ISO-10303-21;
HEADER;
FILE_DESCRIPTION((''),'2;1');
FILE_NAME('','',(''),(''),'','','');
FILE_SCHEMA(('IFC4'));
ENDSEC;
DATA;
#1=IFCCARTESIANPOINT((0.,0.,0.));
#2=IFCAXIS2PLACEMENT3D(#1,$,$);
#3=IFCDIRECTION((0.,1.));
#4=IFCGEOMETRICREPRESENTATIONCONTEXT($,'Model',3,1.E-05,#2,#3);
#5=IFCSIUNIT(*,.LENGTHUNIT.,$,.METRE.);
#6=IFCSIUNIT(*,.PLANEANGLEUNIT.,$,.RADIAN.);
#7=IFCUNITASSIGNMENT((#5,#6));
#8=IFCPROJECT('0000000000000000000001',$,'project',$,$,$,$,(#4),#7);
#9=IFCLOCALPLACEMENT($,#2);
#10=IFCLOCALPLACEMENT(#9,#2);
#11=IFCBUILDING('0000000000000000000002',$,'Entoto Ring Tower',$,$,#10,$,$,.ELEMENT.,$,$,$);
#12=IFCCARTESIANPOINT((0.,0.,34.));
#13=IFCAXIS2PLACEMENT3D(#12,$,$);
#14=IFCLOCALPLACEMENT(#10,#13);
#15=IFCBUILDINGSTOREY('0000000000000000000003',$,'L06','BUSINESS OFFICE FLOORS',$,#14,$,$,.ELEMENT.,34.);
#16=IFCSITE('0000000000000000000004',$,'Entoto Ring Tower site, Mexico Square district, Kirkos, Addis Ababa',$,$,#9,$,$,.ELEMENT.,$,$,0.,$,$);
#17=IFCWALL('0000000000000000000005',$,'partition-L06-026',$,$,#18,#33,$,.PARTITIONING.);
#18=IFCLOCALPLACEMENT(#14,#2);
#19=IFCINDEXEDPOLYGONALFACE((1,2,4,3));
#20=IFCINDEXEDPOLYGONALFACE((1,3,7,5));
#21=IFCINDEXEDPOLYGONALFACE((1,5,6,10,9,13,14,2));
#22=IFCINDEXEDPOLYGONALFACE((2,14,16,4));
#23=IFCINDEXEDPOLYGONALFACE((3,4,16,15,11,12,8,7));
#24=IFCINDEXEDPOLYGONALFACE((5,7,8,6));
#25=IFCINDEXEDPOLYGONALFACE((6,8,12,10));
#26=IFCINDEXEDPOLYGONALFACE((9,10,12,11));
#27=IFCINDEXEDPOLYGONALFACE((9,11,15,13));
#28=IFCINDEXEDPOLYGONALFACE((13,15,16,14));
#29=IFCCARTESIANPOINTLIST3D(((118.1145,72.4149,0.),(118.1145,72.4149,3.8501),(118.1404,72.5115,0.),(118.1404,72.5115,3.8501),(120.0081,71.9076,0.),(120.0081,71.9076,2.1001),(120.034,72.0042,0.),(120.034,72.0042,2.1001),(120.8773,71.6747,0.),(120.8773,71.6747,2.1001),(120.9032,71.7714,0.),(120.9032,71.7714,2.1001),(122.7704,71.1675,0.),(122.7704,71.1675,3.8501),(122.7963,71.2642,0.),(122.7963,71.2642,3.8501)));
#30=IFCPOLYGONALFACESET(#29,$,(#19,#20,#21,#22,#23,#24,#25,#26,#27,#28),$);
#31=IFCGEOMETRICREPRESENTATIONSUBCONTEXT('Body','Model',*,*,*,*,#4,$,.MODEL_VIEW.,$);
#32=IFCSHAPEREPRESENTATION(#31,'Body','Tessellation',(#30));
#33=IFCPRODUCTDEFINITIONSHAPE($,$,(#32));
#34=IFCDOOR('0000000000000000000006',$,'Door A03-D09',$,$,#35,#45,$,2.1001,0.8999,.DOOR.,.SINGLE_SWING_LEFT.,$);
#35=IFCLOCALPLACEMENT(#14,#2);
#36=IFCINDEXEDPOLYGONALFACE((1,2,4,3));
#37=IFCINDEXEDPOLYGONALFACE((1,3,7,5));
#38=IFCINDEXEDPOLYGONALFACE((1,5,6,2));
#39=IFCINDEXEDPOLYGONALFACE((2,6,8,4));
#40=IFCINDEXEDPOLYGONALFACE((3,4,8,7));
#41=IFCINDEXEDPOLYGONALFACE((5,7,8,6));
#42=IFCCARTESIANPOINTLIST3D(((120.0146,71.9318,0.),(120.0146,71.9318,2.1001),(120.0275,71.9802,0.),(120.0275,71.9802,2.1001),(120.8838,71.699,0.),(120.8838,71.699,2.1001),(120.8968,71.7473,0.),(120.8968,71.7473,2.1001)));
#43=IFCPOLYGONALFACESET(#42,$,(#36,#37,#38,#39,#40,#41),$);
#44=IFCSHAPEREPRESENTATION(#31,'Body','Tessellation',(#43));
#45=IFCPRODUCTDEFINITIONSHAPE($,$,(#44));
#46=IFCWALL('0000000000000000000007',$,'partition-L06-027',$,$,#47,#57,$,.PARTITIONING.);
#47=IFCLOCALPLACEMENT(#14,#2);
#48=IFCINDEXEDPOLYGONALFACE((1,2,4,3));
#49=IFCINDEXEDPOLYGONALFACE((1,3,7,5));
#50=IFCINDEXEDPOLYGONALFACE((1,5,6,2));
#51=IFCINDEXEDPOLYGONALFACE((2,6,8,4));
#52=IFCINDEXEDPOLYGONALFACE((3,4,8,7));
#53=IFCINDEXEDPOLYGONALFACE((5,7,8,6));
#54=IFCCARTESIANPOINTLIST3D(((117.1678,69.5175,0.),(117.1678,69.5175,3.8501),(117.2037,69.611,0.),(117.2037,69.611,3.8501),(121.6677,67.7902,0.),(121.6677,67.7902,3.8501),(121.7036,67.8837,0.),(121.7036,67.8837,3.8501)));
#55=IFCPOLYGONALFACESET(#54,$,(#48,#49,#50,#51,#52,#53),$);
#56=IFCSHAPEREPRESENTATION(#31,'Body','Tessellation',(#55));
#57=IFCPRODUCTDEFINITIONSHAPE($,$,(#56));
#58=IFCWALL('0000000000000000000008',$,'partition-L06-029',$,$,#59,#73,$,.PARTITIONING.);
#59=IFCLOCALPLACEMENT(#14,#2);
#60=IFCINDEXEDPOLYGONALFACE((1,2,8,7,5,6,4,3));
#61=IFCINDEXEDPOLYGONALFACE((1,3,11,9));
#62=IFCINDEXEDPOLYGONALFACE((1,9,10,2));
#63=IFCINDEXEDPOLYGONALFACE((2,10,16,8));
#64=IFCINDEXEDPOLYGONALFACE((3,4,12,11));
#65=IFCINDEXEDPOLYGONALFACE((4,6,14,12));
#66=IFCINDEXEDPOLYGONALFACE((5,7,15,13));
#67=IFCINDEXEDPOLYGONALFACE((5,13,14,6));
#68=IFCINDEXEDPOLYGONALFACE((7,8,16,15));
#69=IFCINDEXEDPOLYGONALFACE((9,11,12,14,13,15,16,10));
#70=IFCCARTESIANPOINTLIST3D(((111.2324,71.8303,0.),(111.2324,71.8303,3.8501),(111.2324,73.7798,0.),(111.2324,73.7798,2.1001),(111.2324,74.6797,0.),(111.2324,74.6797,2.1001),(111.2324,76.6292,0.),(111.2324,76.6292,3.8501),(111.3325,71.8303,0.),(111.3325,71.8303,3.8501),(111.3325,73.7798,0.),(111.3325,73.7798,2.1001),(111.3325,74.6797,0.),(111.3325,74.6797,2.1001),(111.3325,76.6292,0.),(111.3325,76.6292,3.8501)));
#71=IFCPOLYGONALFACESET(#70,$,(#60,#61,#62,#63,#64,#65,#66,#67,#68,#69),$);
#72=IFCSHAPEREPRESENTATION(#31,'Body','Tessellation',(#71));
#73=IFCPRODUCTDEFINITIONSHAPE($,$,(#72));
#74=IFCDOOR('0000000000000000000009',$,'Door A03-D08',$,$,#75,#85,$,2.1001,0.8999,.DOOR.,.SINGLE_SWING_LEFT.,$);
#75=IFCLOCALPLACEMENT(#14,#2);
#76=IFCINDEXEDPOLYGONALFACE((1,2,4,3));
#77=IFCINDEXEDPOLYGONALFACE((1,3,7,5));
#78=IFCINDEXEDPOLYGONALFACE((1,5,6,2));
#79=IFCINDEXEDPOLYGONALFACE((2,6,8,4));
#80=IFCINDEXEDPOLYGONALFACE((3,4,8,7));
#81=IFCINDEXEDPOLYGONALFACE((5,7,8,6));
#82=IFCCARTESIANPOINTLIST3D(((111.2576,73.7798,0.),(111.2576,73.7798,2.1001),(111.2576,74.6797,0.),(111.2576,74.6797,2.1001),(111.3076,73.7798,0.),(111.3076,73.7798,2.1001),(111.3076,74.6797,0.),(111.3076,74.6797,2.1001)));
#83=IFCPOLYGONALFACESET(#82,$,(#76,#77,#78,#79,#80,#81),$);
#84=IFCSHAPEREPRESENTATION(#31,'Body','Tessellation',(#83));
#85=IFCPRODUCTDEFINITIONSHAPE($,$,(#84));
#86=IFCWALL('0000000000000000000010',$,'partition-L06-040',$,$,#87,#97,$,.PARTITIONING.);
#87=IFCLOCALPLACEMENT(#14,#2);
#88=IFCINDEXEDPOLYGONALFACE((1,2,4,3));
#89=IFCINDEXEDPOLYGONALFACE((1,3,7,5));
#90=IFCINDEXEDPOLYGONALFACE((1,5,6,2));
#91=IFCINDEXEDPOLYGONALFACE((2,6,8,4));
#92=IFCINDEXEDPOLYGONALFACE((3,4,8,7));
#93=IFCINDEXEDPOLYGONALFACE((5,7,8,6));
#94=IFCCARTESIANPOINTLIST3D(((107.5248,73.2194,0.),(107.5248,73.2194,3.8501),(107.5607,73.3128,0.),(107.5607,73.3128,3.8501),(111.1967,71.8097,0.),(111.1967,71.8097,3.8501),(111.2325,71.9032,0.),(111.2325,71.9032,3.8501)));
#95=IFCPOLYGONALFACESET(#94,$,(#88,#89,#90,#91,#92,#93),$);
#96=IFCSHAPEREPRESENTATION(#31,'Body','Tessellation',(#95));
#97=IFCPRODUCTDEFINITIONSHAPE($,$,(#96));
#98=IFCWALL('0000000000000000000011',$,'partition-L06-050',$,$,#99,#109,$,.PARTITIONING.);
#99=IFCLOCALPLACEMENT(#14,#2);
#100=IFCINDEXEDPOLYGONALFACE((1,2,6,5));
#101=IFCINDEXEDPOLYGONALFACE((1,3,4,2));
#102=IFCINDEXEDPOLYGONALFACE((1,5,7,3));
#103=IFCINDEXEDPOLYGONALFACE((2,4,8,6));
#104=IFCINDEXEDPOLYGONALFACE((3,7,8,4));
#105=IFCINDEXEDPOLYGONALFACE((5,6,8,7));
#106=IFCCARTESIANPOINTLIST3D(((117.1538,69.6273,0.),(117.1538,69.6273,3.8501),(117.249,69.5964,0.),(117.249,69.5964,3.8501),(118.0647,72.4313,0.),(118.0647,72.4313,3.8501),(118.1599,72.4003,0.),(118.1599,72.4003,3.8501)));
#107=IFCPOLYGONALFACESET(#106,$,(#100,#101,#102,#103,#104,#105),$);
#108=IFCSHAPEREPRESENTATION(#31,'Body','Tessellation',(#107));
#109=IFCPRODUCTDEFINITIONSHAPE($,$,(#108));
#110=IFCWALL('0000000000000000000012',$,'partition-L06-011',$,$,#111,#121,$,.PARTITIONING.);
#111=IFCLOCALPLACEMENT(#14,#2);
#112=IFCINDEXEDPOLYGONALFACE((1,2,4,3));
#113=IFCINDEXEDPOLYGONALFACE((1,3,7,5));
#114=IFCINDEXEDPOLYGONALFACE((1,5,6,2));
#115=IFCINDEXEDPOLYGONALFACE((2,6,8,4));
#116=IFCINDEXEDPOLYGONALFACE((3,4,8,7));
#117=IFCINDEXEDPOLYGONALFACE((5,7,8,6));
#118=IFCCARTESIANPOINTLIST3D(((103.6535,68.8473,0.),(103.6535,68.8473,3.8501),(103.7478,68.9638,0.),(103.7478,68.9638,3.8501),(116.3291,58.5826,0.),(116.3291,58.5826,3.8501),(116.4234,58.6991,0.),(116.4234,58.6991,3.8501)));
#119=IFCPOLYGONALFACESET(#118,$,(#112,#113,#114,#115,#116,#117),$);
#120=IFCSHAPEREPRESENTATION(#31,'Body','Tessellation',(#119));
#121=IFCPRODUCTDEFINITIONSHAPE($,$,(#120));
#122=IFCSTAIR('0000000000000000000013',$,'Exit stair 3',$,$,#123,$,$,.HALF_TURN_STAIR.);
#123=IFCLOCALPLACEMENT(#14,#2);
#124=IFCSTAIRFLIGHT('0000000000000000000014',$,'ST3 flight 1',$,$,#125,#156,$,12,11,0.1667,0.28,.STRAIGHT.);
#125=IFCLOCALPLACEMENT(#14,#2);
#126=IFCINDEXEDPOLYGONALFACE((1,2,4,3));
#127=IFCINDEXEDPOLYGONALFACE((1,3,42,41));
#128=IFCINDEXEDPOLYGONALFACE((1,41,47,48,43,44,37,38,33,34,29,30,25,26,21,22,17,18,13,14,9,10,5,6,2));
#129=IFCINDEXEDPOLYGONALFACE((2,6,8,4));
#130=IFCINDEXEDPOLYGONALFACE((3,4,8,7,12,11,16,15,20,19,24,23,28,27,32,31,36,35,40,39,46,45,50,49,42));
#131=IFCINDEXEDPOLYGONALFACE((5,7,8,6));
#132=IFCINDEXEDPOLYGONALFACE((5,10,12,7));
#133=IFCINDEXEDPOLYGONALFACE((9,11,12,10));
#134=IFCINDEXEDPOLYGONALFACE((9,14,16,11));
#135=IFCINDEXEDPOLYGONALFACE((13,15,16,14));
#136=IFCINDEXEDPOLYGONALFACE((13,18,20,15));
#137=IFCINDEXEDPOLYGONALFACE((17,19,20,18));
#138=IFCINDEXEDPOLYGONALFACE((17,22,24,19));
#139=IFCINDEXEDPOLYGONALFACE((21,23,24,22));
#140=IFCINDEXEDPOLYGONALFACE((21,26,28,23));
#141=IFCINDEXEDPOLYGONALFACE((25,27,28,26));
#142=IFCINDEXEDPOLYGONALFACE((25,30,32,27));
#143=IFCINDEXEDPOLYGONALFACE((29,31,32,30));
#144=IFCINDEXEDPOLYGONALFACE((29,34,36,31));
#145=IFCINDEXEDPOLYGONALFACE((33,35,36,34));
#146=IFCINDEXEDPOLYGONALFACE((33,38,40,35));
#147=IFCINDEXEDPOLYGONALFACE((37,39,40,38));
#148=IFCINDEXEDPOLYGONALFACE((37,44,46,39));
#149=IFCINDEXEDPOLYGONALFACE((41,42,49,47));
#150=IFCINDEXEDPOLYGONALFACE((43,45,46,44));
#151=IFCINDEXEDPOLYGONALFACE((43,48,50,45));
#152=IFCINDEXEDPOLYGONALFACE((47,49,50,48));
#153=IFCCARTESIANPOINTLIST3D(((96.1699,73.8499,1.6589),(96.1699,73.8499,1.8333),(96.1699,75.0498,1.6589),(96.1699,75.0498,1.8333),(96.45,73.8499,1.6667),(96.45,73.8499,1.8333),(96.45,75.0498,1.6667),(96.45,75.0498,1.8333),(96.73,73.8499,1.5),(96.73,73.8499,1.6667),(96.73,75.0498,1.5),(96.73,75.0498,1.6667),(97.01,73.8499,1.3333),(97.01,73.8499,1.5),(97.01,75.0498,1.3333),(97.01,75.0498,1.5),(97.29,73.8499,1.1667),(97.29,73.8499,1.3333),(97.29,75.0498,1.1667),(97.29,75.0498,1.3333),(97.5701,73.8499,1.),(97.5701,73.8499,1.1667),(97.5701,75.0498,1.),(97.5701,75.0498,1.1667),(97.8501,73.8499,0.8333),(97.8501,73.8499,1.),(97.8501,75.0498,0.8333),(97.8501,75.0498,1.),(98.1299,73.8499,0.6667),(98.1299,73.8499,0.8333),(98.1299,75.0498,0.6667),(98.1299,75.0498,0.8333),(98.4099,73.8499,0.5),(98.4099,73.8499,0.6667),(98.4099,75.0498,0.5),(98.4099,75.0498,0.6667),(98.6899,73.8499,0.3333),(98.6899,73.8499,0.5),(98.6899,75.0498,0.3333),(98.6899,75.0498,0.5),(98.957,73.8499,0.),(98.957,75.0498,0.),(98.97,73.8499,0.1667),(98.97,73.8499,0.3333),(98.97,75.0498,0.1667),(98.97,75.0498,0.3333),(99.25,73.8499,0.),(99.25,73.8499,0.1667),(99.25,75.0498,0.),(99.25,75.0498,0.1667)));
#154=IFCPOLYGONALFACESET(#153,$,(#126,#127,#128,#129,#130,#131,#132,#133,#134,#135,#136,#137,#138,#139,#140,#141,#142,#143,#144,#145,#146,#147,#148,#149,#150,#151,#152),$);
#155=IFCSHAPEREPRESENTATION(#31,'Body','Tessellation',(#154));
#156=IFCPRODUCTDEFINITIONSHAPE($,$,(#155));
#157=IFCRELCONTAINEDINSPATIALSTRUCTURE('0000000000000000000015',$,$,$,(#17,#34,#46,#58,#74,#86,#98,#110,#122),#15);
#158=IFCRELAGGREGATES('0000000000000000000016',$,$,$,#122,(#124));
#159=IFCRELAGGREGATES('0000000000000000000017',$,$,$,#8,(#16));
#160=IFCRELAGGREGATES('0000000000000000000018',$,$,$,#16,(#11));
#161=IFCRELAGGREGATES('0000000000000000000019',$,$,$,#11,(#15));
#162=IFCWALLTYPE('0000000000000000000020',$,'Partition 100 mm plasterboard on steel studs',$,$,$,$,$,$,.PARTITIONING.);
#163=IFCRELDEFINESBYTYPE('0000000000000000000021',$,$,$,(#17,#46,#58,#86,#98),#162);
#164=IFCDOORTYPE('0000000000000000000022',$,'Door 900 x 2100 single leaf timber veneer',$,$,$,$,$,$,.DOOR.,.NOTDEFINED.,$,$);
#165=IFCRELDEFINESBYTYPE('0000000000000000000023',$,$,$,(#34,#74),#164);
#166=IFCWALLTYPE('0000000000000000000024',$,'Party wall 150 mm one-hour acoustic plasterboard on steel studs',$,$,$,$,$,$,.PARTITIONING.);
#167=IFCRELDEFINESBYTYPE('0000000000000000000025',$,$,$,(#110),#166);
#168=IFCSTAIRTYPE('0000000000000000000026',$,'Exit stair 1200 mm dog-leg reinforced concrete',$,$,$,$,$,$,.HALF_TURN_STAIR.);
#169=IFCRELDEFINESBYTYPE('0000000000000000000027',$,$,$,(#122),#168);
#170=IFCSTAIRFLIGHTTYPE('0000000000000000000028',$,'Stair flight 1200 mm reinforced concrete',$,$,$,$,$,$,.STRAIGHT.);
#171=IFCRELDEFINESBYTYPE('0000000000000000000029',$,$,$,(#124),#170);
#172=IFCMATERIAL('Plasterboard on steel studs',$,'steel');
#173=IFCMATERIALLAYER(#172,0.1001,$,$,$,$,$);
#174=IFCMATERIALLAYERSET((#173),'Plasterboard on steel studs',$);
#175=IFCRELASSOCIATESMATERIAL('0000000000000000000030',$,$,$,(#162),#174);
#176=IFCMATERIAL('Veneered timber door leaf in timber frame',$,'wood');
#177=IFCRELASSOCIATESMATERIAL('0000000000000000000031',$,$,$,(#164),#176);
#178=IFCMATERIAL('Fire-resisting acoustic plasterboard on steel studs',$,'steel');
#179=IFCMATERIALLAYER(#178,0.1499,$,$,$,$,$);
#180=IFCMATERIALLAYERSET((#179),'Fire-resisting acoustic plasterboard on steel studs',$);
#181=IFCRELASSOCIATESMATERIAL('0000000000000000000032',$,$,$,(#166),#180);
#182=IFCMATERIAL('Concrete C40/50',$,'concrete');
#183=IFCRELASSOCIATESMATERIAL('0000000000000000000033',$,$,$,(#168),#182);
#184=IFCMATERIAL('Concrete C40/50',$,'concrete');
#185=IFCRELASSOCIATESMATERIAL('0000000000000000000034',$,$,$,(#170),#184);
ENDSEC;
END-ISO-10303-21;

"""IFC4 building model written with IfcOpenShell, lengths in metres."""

from ifc_helpers import new_model, si_unit, direction, frame, frame_2d, origin, place, context, subcontext, project, spatial, polyline, rectangle, outline, extrude, material, layer, layer_set, type_object, element, fill, aggregate, save


model = new_model("IFC4")

# Units and contexts
model_context = context("Model", 3, precision=1e-05, world=origin(), true_north=direction((0.0, 1.0)))
body_context = subcontext(model_context, "Body", "Model", "MODEL_VIEW")
ifc_project = project(units=[si_unit("LENGTHUNIT", "METRE"), si_unit("PLANEANGLEUNIT", "RADIAN")], contexts=[model_context])

# Site, building, storey
site_placement = place(None, origin())
site = spatial("IfcSite", under=ifc_project, at=site_placement, Name="Entoto Ring Tower site, Mexico Square district, Kirkos, Addis Ababa", CompositionType="ELEMENT", RefElevation=0.0)
building_placement = place(site_placement, origin())
building = spatial("IfcBuilding", under=site, at=building_placement, Name="Entoto Ring Tower", CompositionType="ELEMENT")
storey_placement = place(building_placement, frame((0.0, 0.0, 34.0)))
storey = spatial("IfcBuildingStorey", under=building, at=storey_placement, Name="L06", Description="BUSINESS OFFICE FLOORS", CompositionType="ELEMENT", Elevation=34.0)

# Shared definitions
ifc_material_1 = material(Name="Plasterboard on steel studs", Category="steel")
ifc_layer_1 = layer(ifc_material_1, 0.1001)
ifc_layer_set_1 = layer_set([ifc_layer_1], Name="Plasterboard on steel studs")
wall_type_1 = type_object("IfcWallType", Name="Partition 100 mm plasterboard on steel studs", PredefinedType="PARTITIONING", material=ifc_layer_set_1)

# Wall, opening, door
wall_1_placement = place(storey_placement, frame((122.7834, 71.2158, 0.0), z_axis=(0.0, 0.0, 1.0), x_axis=(-0.965936, 0.258782, 0.0)))
wall_1 = element("IfcWall", 1, at=wall_1_placement, inside=storey, type_object=wall_type_1, Name="partition-L06-026", PredefinedType="PARTITIONING", context=body_context, shape_type="SweptSolid", body=[
    extrude(rectangle(XDim=4.8201, YDim=0.1001, at=frame_2d((2.4102, 0.0))), origin(), (0.0, 0.0, 1.0), 3.8501),
])
opening_1_placement = place(wall_1_placement, frame((1.96, 0.0, 0.0)))
opening_1 = element("IfcOpeningElement", 2, at=opening_1_placement, cuts=wall_1, PredefinedType="OPENING", context=body_context, shape_type="SweptSolid", body=[
    extrude(rectangle(XDim=0.8999, YDim=2.1001, at=frame_2d((0.45, 1.05))), frame((0.0, 0.0601, 0.0), z_axis=(0.0, -1.0, 0.0), x_axis=(1.0, 0.0, 0.0)), (0.0, 0.0, 1.0), 0.1201),
])
ifc_material_2 = material(Name="Veneered timber door leaf in timber frame", Category="wood")
door_type_1 = type_object("IfcDoorType", Name="Door 900 x 2100 single leaf timber veneer", OperationType="NOTDEFINED", PredefinedType="DOOR", material=ifc_material_2)
door_1_placement = place(opening_1_placement, origin())
door_1 = element("IfcDoor", 3, at=door_1_placement, inside=storey, type_object=door_type_1, Name="Door A03-D09", OperationType="SINGLE_SWING_LEFT", OverallHeight=2.1001, OverallWidth=0.8999, PredefinedType="DOOR", context=body_context, shape_type="SweptSolid", body=[
    extrude(rectangle(XDim=0.8999, YDim=2.1001, at=frame_2d((0.45, 1.05))), frame((0.0, 0.0249, 0.0), z_axis=(0.0, -1.0, 0.0), x_axis=(1.0, 0.0, 0.0)), (0.0, 0.0, 1.0), 0.05),
])
fill(opening_1, door_1)

# Wall
wall_2_placement = place(storey_placement, frame((121.6858, 67.8369, 0.0), z_axis=(0.0, 0.0, 1.0), x_axis=(-0.933587, 0.358351, 0.0)))
element("IfcWall", 4, at=wall_2_placement, inside=storey, type_object=wall_type_1, Name="partition-L06-027", PredefinedType="PARTITIONING", context=body_context, shape_type="SweptSolid", body=[
    extrude(rectangle(XDim=4.8201, YDim=0.1001, at=frame_2d((2.4102, 0.0))), origin(), (0.0, 0.0, 1.0), 3.8501),
])

# Wall, opening, door
wall_3_placement = place(storey_placement, frame((111.2825, 71.8303, 0.0), z_axis=(0.0, 0.0, 1.0), x_axis=(0.0, 1.0, 0.0)))
wall_3 = element("IfcWall", 5, at=wall_3_placement, inside=storey, type_object=wall_type_1, Name="partition-L06-029", PredefinedType="PARTITIONING", context=body_context, shape_type="SweptSolid", body=[
    extrude(rectangle(XDim=4.7988, YDim=0.1001, at=frame_2d((2.3994, 0.0))), origin(), (0.0, 0.0, 1.0), 3.8501),
])
opening_2_placement = place(wall_3_placement, frame((1.9495, 0.0, 0.0)))
opening_2 = element("IfcOpeningElement", 6, at=opening_2_placement, cuts=wall_3, PredefinedType="OPENING", context=body_context, shape_type="SweptSolid", body=[
    extrude(rectangle(XDim=0.8999, YDim=2.1001, at=frame_2d((0.45, 1.05))), frame((0.0, 0.0601, 0.0), z_axis=(0.0, -1.0, 0.0), x_axis=(1.0, 0.0, 0.0)), (0.0, 0.0, 1.0), 0.1201),
])
door_2_placement = place(opening_2_placement, origin())
door_2 = element("IfcDoor", 7, at=door_2_placement, inside=storey, type_object=door_type_1, Name="Door A03-D08", OperationType="SINGLE_SWING_LEFT", OverallHeight=2.1001, OverallWidth=0.8999, PredefinedType="DOOR", context=body_context, shape_type="SweptSolid", body=[
    extrude(rectangle(XDim=0.8999, YDim=2.1001, at=frame_2d((0.45, 1.05))), frame((0.0, 0.0249, 0.0), z_axis=(0.0, -1.0, 0.0), x_axis=(1.0, 0.0, 0.0)), (0.0, 0.0, 1.0), 0.05),
])
fill(opening_2, door_2)

# Walls
wall_4_placement = place(storey_placement, frame((111.2146, 71.8564, 0.0), z_axis=(0.0, 0.0, 1.0), x_axis=(-0.933566, 0.358405, 0.0)))
element("IfcWall", 8, at=wall_4_placement, inside=storey, type_object=wall_type_1, Name="partition-L06-040", PredefinedType="PARTITIONING", context=body_context, shape_type="SweptSolid", body=[
    extrude(rectangle(XDim=3.9331, YDim=0.1001, at=frame_2d((1.9666, 0.0))), origin(), (0.0, 0.0, 1.0), 3.8501),
])
wall_5_placement = place(storey_placement, frame((117.2014, 69.6118, 0.0), z_axis=(0.0, 0.0, 1.0), x_axis=(0.308964, 0.951074, 0.0)))
element("IfcWall", 9, at=wall_5_placement, inside=storey, type_object=wall_type_1, Name="partition-L06-050", PredefinedType="PARTITIONING", context=body_context, shape_type="SweptSolid", body=[
    extrude(rectangle(XDim=2.9482, YDim=0.1001, at=frame_2d((1.4741, 0.0))), origin(), (0.0, 0.0, 1.0), 3.8501),
])
ifc_material_3 = material(Name="Fire-resisting acoustic plasterboard on steel studs", Category="steel")
ifc_layer_2 = layer(ifc_material_3, 0.1499)
ifc_layer_set_2 = layer_set([ifc_layer_2], Name="Fire-resisting acoustic plasterboard on steel studs")
wall_type_2 = type_object("IfcWallType", Name="Party wall 150 mm one-hour acoustic plasterboard on steel studs", PredefinedType="PARTITIONING", material=ifc_layer_set_2)
wall_6_placement = place(storey_placement, frame((116.3762, 58.6409, 0.0), z_axis=(0.0, 0.0, 1.0), x_axis=(-0.77714, 0.629328, 0.0)))
element("IfcWall", 10, at=wall_6_placement, inside=storey, type_object=wall_type_2, Name="partition-L06-011", PredefinedType="PARTITIONING", context=body_context, shape_type="SweptSolid", body=[
    extrude(rectangle(XDim=16.3105, YDim=0.1499, at=frame_2d((8.1553, 0.0))), origin(), (0.0, 0.0, 1.0), 3.8501),
])

# Stair, stair flight
ifc_material_4 = material(Name="Concrete C40/50", Category="concrete")
stair_type = type_object("IfcStairType", Name="Exit stair 1200 mm dog-leg reinforced concrete", PredefinedType="HALF_TURN_STAIR", material=ifc_material_4)
stair_placement = place(storey_placement, origin())
stair = element("IfcStair", 11, at=stair_placement, inside=storey, type_object=stair_type, Name="Exit stair 3", PredefinedType="HALF_TURN_STAIR")
ifc_material_5 = material(Name="Concrete C40/50", Category="concrete")
stair_flight_type = type_object("IfcStairFlightType", Name="Stair flight 1200 mm reinforced concrete", PredefinedType="STRAIGHT", material=ifc_material_5)
stair_flight_placement = place(storey_placement, frame((99.25, 74.45, 0.0), z_axis=(0.0, 0.0, 1.0), x_axis=(-1.0, 0.0, 0.0)))
stair_flight = element("IfcStairFlight", 12, at=stair_flight_placement, type_object=stair_flight_type, Name="ST3 flight 1", NumberOfRisers=12, NumberOfTreads=11, PredefinedType="STRAIGHT", RiserHeight=0.1667, TreadLength=0.28, context=body_context, shape_type="SweptSolid", body=[
    extrude(outline(polyline([(0.0, 0.0), (0.0, 0.1667), (0.28, 0.1667), (0.28, 0.3333), (0.5601, 0.3333), (0.5601, 0.5), (0.8401, 0.5), (0.8401, 0.6667), (1.1201, 0.6667), (1.1201, 0.8333), (1.3999, 0.8333), (1.3999, 1.0), (1.6799, 1.0), (1.6799, 1.1667), (1.96, 1.1667), (1.96, 1.3333), (2.24, 1.3333), (2.24, 1.5), (2.52, 1.5), (2.52, 1.6667), (2.8, 1.6667), (2.8, 1.8333), (3.0801, 1.8333), (3.0801, 2.0), (3.0801, 1.6589), (0.293, 0.0), (0.0, 0.0)])), frame((0.0, 0.6001, 0.0), z_axis=(0.0, -1.0, 0.0), x_axis=(1.0, 0.0, 0.0)), (0.0, 0.0, 1.0), 1.2),
])
aggregate(stair, [stair_flight])

save(model, "model.ifc")
